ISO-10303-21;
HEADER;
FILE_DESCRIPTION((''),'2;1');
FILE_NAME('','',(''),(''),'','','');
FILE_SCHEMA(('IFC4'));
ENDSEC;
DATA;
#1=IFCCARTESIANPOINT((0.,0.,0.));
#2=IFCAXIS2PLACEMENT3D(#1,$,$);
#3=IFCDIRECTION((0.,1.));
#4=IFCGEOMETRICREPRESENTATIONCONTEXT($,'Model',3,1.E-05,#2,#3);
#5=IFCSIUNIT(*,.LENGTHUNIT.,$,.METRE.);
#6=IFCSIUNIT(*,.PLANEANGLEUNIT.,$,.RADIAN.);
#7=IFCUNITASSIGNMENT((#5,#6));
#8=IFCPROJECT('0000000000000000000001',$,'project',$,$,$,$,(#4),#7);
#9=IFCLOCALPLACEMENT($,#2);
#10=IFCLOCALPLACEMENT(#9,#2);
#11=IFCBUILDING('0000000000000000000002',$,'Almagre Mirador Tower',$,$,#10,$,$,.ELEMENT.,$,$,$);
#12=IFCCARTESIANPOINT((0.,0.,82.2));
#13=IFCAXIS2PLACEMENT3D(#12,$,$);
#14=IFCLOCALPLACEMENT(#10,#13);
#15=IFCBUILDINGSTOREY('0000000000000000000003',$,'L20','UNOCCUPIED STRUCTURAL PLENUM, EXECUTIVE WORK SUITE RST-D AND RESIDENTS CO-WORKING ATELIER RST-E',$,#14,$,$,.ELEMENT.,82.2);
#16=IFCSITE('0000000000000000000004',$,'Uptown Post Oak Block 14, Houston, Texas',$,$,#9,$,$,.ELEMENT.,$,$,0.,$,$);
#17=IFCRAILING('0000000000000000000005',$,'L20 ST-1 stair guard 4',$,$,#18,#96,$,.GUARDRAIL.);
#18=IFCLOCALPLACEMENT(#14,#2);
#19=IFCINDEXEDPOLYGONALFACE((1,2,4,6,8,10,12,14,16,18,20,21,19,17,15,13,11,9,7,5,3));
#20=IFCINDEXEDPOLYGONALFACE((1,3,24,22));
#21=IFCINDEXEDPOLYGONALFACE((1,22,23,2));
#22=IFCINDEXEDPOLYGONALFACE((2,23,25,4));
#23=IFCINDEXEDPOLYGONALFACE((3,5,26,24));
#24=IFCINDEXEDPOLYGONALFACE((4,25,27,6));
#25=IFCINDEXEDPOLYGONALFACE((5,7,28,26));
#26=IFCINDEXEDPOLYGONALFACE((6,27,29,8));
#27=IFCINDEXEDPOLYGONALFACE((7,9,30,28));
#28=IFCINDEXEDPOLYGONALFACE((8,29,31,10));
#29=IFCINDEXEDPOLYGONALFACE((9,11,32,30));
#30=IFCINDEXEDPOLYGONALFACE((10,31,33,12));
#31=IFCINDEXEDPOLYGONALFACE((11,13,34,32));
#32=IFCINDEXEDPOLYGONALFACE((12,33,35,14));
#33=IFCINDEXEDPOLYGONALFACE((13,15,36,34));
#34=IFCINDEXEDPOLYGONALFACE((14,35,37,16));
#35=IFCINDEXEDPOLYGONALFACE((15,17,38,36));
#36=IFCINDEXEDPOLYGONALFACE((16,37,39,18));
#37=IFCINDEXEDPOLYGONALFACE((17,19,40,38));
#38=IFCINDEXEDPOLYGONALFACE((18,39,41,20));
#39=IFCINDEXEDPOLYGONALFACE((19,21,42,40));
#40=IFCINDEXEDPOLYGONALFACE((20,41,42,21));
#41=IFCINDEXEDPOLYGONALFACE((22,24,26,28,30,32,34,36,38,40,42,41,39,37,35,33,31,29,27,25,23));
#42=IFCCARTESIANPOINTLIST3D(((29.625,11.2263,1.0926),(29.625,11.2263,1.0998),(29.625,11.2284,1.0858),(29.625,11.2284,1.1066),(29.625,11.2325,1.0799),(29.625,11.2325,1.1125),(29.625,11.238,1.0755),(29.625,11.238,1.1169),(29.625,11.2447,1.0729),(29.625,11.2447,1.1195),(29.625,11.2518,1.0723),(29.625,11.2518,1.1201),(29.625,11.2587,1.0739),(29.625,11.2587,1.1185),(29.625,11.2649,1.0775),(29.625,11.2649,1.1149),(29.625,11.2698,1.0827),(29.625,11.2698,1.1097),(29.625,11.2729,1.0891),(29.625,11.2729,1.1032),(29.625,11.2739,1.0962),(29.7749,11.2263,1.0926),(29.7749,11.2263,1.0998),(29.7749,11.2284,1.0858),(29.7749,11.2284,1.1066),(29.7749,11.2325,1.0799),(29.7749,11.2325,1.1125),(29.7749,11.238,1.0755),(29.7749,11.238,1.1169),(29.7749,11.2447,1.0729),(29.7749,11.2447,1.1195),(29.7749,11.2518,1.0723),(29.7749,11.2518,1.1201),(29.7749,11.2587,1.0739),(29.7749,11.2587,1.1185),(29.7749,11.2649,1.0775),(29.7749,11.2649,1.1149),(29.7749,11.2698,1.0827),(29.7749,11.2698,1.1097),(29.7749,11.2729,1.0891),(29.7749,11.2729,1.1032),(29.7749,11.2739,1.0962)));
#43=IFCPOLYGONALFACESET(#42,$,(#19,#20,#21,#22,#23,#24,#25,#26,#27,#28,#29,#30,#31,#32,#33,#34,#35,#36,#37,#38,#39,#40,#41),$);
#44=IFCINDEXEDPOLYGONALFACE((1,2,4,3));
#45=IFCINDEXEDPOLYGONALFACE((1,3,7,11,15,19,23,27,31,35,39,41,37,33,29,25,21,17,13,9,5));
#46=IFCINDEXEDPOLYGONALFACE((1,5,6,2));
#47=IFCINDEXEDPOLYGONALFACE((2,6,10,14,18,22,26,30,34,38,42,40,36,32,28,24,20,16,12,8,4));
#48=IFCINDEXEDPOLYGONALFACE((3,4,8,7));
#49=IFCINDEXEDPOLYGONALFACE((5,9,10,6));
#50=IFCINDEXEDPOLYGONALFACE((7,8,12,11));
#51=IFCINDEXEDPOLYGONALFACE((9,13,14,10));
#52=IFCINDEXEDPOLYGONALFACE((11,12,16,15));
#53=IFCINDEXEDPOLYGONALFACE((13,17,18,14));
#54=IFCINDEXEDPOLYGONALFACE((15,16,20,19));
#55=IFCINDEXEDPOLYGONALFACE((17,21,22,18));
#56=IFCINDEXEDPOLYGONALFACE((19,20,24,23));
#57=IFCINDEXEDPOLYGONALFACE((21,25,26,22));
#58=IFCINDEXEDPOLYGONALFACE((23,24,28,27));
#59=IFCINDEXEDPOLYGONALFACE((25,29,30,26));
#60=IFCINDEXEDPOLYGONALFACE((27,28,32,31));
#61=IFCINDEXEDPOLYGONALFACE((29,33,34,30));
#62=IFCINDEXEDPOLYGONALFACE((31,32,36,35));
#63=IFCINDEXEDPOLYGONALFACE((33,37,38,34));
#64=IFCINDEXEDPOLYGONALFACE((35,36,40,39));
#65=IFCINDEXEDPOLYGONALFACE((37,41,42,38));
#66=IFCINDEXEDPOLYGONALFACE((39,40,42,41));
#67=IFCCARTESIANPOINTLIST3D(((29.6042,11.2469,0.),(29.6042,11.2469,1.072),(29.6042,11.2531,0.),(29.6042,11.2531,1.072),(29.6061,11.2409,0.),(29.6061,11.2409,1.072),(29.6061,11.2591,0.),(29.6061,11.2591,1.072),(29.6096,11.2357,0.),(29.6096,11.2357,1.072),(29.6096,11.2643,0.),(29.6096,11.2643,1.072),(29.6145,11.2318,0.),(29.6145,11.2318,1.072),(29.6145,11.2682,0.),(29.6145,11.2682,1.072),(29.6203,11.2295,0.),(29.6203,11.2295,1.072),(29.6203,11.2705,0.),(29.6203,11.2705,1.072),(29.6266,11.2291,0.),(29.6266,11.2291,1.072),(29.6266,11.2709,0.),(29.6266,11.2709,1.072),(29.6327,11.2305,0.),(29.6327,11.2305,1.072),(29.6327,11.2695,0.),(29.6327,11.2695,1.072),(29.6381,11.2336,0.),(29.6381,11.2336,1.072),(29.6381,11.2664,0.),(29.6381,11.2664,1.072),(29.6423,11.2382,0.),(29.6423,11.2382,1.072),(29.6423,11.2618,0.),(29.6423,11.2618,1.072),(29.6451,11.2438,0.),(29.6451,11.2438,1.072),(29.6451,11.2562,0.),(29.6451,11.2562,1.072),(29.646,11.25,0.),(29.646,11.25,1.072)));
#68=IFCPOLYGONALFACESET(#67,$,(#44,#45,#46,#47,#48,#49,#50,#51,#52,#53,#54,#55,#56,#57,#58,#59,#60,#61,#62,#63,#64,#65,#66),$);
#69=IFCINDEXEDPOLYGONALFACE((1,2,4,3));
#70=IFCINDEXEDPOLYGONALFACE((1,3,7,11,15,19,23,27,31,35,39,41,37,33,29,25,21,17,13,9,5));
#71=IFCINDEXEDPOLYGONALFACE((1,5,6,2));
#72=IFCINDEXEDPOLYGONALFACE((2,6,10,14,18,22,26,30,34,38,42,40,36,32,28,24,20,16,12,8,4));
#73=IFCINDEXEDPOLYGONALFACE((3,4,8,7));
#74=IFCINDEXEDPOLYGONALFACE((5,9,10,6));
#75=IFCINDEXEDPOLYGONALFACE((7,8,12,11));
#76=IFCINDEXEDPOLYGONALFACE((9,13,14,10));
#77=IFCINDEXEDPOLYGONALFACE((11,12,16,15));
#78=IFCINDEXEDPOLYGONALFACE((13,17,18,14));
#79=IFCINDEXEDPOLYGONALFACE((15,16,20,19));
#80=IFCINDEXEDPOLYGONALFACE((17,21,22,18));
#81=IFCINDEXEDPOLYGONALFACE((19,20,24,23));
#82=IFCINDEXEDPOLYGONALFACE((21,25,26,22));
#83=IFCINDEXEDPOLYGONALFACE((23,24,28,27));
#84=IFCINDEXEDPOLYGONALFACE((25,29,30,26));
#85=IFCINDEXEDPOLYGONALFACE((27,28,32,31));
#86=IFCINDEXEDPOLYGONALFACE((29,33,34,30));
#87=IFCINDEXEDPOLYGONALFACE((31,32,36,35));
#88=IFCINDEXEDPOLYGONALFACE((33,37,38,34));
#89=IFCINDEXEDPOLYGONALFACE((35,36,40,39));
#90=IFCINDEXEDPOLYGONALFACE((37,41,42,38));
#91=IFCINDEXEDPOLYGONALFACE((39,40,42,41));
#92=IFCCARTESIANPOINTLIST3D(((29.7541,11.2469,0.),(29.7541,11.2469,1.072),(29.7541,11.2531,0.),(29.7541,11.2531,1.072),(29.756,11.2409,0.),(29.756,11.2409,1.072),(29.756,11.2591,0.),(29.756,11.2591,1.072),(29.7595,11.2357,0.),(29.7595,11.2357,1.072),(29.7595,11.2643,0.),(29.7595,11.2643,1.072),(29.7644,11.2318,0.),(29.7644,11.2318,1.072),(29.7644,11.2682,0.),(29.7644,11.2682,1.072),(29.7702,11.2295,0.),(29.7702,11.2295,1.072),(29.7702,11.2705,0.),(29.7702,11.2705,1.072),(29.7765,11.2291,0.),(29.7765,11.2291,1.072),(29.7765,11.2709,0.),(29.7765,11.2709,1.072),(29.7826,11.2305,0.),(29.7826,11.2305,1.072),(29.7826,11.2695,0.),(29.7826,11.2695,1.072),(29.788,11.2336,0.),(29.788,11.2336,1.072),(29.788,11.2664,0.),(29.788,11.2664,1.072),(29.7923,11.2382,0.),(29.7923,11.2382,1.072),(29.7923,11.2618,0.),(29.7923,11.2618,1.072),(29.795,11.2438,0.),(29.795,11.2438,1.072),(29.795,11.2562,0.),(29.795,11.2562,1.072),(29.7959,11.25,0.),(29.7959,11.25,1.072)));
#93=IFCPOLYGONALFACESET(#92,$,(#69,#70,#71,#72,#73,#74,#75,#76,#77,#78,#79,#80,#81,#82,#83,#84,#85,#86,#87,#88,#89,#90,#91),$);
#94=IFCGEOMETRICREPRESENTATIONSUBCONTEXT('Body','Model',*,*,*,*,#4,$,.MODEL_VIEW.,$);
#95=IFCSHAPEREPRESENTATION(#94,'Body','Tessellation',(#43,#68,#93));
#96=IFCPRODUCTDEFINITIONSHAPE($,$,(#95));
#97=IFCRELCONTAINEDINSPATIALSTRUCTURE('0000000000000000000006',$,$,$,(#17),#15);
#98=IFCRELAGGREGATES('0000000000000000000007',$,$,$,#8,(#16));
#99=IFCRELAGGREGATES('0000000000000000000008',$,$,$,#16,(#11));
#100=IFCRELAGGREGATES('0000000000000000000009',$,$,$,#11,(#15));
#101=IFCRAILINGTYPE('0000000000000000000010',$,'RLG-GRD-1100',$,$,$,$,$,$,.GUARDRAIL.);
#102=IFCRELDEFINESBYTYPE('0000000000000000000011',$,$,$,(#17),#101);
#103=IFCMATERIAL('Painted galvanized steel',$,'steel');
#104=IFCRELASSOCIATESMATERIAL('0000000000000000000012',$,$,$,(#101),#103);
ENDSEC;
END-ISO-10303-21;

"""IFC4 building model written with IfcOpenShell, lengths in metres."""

from ifc_helpers import new_model, si_unit, direction, frame, origin, origin_2d, place, context, subcontext, project, spatial, circle, extrude, material, type_object, element, save


model = new_model("IFC4")

# Units and contexts
model_context = context("Model", 3, precision=1e-05, world=origin(), true_north=direction((0.0, 1.0)))
body_context = subcontext(model_context, "Body", "Model", "MODEL_VIEW")
ifc_project = project(units=[si_unit("LENGTHUNIT", "METRE"), si_unit("PLANEANGLEUNIT", "RADIAN")], contexts=[model_context])

# Site, building, storey
site_placement = place(None, origin())
site = spatial("IfcSite", under=ifc_project, at=site_placement, Name="Uptown Post Oak Block 14, Houston, Texas", CompositionType="ELEMENT", RefElevation=0.0)
building_placement = place(site_placement, origin())
building = spatial("IfcBuilding", under=site, at=building_placement, Name="Almagre Mirador Tower", CompositionType="ELEMENT")
storey_placement = place(building_placement, frame((0.0, 0.0, 82.2)))
storey = spatial("IfcBuildingStorey", under=building, at=storey_placement, Name="L20", Description="UNOCCUPIED STRUCTURAL PLENUM, EXECUTIVE WORK SUITE RST-D AND RESIDENTS CO-WORKING ATELIER RST-E", CompositionType="ELEMENT", Elevation=82.2)

# Railing
ifc_material_1 = material(Name="Painted galvanized steel", Category="steel")
railing_type_1 = type_object("IfcRailingType", Name="RLG-GRD-1100", PredefinedType="GUARDRAIL", material=ifc_material_1)
railing_1_placement = place(storey_placement, frame((29.625, 11.25, 0.0)))
element("IfcRailing", 1, at=railing_1_placement, inside=storey, type_object=railing_type_1, Name="L20 ST-1 stair guard 4", PredefinedType="GUARDRAIL", context=body_context, shape_type="SweptSolid", body=[
    extrude(circle(Radius=0.0239, at=origin_2d()), frame((0.0, 0.0, 1.0962), z_axis=(1.0, 0.0, 0.0), x_axis=(0.0, 1.0, 0.0)), (0.0, 0.0, 1.0), 0.1499),
    extrude(circle(Radius=0.021, at=origin_2d()), origin(), (0.0, 0.0, 1.0), 1.072),
    extrude(circle(Radius=0.021, at=origin_2d()), frame((0.1499, 0.0, 0.0)), (0.0, 0.0, 1.0), 1.072),
])

save(model, "model.ifc")
